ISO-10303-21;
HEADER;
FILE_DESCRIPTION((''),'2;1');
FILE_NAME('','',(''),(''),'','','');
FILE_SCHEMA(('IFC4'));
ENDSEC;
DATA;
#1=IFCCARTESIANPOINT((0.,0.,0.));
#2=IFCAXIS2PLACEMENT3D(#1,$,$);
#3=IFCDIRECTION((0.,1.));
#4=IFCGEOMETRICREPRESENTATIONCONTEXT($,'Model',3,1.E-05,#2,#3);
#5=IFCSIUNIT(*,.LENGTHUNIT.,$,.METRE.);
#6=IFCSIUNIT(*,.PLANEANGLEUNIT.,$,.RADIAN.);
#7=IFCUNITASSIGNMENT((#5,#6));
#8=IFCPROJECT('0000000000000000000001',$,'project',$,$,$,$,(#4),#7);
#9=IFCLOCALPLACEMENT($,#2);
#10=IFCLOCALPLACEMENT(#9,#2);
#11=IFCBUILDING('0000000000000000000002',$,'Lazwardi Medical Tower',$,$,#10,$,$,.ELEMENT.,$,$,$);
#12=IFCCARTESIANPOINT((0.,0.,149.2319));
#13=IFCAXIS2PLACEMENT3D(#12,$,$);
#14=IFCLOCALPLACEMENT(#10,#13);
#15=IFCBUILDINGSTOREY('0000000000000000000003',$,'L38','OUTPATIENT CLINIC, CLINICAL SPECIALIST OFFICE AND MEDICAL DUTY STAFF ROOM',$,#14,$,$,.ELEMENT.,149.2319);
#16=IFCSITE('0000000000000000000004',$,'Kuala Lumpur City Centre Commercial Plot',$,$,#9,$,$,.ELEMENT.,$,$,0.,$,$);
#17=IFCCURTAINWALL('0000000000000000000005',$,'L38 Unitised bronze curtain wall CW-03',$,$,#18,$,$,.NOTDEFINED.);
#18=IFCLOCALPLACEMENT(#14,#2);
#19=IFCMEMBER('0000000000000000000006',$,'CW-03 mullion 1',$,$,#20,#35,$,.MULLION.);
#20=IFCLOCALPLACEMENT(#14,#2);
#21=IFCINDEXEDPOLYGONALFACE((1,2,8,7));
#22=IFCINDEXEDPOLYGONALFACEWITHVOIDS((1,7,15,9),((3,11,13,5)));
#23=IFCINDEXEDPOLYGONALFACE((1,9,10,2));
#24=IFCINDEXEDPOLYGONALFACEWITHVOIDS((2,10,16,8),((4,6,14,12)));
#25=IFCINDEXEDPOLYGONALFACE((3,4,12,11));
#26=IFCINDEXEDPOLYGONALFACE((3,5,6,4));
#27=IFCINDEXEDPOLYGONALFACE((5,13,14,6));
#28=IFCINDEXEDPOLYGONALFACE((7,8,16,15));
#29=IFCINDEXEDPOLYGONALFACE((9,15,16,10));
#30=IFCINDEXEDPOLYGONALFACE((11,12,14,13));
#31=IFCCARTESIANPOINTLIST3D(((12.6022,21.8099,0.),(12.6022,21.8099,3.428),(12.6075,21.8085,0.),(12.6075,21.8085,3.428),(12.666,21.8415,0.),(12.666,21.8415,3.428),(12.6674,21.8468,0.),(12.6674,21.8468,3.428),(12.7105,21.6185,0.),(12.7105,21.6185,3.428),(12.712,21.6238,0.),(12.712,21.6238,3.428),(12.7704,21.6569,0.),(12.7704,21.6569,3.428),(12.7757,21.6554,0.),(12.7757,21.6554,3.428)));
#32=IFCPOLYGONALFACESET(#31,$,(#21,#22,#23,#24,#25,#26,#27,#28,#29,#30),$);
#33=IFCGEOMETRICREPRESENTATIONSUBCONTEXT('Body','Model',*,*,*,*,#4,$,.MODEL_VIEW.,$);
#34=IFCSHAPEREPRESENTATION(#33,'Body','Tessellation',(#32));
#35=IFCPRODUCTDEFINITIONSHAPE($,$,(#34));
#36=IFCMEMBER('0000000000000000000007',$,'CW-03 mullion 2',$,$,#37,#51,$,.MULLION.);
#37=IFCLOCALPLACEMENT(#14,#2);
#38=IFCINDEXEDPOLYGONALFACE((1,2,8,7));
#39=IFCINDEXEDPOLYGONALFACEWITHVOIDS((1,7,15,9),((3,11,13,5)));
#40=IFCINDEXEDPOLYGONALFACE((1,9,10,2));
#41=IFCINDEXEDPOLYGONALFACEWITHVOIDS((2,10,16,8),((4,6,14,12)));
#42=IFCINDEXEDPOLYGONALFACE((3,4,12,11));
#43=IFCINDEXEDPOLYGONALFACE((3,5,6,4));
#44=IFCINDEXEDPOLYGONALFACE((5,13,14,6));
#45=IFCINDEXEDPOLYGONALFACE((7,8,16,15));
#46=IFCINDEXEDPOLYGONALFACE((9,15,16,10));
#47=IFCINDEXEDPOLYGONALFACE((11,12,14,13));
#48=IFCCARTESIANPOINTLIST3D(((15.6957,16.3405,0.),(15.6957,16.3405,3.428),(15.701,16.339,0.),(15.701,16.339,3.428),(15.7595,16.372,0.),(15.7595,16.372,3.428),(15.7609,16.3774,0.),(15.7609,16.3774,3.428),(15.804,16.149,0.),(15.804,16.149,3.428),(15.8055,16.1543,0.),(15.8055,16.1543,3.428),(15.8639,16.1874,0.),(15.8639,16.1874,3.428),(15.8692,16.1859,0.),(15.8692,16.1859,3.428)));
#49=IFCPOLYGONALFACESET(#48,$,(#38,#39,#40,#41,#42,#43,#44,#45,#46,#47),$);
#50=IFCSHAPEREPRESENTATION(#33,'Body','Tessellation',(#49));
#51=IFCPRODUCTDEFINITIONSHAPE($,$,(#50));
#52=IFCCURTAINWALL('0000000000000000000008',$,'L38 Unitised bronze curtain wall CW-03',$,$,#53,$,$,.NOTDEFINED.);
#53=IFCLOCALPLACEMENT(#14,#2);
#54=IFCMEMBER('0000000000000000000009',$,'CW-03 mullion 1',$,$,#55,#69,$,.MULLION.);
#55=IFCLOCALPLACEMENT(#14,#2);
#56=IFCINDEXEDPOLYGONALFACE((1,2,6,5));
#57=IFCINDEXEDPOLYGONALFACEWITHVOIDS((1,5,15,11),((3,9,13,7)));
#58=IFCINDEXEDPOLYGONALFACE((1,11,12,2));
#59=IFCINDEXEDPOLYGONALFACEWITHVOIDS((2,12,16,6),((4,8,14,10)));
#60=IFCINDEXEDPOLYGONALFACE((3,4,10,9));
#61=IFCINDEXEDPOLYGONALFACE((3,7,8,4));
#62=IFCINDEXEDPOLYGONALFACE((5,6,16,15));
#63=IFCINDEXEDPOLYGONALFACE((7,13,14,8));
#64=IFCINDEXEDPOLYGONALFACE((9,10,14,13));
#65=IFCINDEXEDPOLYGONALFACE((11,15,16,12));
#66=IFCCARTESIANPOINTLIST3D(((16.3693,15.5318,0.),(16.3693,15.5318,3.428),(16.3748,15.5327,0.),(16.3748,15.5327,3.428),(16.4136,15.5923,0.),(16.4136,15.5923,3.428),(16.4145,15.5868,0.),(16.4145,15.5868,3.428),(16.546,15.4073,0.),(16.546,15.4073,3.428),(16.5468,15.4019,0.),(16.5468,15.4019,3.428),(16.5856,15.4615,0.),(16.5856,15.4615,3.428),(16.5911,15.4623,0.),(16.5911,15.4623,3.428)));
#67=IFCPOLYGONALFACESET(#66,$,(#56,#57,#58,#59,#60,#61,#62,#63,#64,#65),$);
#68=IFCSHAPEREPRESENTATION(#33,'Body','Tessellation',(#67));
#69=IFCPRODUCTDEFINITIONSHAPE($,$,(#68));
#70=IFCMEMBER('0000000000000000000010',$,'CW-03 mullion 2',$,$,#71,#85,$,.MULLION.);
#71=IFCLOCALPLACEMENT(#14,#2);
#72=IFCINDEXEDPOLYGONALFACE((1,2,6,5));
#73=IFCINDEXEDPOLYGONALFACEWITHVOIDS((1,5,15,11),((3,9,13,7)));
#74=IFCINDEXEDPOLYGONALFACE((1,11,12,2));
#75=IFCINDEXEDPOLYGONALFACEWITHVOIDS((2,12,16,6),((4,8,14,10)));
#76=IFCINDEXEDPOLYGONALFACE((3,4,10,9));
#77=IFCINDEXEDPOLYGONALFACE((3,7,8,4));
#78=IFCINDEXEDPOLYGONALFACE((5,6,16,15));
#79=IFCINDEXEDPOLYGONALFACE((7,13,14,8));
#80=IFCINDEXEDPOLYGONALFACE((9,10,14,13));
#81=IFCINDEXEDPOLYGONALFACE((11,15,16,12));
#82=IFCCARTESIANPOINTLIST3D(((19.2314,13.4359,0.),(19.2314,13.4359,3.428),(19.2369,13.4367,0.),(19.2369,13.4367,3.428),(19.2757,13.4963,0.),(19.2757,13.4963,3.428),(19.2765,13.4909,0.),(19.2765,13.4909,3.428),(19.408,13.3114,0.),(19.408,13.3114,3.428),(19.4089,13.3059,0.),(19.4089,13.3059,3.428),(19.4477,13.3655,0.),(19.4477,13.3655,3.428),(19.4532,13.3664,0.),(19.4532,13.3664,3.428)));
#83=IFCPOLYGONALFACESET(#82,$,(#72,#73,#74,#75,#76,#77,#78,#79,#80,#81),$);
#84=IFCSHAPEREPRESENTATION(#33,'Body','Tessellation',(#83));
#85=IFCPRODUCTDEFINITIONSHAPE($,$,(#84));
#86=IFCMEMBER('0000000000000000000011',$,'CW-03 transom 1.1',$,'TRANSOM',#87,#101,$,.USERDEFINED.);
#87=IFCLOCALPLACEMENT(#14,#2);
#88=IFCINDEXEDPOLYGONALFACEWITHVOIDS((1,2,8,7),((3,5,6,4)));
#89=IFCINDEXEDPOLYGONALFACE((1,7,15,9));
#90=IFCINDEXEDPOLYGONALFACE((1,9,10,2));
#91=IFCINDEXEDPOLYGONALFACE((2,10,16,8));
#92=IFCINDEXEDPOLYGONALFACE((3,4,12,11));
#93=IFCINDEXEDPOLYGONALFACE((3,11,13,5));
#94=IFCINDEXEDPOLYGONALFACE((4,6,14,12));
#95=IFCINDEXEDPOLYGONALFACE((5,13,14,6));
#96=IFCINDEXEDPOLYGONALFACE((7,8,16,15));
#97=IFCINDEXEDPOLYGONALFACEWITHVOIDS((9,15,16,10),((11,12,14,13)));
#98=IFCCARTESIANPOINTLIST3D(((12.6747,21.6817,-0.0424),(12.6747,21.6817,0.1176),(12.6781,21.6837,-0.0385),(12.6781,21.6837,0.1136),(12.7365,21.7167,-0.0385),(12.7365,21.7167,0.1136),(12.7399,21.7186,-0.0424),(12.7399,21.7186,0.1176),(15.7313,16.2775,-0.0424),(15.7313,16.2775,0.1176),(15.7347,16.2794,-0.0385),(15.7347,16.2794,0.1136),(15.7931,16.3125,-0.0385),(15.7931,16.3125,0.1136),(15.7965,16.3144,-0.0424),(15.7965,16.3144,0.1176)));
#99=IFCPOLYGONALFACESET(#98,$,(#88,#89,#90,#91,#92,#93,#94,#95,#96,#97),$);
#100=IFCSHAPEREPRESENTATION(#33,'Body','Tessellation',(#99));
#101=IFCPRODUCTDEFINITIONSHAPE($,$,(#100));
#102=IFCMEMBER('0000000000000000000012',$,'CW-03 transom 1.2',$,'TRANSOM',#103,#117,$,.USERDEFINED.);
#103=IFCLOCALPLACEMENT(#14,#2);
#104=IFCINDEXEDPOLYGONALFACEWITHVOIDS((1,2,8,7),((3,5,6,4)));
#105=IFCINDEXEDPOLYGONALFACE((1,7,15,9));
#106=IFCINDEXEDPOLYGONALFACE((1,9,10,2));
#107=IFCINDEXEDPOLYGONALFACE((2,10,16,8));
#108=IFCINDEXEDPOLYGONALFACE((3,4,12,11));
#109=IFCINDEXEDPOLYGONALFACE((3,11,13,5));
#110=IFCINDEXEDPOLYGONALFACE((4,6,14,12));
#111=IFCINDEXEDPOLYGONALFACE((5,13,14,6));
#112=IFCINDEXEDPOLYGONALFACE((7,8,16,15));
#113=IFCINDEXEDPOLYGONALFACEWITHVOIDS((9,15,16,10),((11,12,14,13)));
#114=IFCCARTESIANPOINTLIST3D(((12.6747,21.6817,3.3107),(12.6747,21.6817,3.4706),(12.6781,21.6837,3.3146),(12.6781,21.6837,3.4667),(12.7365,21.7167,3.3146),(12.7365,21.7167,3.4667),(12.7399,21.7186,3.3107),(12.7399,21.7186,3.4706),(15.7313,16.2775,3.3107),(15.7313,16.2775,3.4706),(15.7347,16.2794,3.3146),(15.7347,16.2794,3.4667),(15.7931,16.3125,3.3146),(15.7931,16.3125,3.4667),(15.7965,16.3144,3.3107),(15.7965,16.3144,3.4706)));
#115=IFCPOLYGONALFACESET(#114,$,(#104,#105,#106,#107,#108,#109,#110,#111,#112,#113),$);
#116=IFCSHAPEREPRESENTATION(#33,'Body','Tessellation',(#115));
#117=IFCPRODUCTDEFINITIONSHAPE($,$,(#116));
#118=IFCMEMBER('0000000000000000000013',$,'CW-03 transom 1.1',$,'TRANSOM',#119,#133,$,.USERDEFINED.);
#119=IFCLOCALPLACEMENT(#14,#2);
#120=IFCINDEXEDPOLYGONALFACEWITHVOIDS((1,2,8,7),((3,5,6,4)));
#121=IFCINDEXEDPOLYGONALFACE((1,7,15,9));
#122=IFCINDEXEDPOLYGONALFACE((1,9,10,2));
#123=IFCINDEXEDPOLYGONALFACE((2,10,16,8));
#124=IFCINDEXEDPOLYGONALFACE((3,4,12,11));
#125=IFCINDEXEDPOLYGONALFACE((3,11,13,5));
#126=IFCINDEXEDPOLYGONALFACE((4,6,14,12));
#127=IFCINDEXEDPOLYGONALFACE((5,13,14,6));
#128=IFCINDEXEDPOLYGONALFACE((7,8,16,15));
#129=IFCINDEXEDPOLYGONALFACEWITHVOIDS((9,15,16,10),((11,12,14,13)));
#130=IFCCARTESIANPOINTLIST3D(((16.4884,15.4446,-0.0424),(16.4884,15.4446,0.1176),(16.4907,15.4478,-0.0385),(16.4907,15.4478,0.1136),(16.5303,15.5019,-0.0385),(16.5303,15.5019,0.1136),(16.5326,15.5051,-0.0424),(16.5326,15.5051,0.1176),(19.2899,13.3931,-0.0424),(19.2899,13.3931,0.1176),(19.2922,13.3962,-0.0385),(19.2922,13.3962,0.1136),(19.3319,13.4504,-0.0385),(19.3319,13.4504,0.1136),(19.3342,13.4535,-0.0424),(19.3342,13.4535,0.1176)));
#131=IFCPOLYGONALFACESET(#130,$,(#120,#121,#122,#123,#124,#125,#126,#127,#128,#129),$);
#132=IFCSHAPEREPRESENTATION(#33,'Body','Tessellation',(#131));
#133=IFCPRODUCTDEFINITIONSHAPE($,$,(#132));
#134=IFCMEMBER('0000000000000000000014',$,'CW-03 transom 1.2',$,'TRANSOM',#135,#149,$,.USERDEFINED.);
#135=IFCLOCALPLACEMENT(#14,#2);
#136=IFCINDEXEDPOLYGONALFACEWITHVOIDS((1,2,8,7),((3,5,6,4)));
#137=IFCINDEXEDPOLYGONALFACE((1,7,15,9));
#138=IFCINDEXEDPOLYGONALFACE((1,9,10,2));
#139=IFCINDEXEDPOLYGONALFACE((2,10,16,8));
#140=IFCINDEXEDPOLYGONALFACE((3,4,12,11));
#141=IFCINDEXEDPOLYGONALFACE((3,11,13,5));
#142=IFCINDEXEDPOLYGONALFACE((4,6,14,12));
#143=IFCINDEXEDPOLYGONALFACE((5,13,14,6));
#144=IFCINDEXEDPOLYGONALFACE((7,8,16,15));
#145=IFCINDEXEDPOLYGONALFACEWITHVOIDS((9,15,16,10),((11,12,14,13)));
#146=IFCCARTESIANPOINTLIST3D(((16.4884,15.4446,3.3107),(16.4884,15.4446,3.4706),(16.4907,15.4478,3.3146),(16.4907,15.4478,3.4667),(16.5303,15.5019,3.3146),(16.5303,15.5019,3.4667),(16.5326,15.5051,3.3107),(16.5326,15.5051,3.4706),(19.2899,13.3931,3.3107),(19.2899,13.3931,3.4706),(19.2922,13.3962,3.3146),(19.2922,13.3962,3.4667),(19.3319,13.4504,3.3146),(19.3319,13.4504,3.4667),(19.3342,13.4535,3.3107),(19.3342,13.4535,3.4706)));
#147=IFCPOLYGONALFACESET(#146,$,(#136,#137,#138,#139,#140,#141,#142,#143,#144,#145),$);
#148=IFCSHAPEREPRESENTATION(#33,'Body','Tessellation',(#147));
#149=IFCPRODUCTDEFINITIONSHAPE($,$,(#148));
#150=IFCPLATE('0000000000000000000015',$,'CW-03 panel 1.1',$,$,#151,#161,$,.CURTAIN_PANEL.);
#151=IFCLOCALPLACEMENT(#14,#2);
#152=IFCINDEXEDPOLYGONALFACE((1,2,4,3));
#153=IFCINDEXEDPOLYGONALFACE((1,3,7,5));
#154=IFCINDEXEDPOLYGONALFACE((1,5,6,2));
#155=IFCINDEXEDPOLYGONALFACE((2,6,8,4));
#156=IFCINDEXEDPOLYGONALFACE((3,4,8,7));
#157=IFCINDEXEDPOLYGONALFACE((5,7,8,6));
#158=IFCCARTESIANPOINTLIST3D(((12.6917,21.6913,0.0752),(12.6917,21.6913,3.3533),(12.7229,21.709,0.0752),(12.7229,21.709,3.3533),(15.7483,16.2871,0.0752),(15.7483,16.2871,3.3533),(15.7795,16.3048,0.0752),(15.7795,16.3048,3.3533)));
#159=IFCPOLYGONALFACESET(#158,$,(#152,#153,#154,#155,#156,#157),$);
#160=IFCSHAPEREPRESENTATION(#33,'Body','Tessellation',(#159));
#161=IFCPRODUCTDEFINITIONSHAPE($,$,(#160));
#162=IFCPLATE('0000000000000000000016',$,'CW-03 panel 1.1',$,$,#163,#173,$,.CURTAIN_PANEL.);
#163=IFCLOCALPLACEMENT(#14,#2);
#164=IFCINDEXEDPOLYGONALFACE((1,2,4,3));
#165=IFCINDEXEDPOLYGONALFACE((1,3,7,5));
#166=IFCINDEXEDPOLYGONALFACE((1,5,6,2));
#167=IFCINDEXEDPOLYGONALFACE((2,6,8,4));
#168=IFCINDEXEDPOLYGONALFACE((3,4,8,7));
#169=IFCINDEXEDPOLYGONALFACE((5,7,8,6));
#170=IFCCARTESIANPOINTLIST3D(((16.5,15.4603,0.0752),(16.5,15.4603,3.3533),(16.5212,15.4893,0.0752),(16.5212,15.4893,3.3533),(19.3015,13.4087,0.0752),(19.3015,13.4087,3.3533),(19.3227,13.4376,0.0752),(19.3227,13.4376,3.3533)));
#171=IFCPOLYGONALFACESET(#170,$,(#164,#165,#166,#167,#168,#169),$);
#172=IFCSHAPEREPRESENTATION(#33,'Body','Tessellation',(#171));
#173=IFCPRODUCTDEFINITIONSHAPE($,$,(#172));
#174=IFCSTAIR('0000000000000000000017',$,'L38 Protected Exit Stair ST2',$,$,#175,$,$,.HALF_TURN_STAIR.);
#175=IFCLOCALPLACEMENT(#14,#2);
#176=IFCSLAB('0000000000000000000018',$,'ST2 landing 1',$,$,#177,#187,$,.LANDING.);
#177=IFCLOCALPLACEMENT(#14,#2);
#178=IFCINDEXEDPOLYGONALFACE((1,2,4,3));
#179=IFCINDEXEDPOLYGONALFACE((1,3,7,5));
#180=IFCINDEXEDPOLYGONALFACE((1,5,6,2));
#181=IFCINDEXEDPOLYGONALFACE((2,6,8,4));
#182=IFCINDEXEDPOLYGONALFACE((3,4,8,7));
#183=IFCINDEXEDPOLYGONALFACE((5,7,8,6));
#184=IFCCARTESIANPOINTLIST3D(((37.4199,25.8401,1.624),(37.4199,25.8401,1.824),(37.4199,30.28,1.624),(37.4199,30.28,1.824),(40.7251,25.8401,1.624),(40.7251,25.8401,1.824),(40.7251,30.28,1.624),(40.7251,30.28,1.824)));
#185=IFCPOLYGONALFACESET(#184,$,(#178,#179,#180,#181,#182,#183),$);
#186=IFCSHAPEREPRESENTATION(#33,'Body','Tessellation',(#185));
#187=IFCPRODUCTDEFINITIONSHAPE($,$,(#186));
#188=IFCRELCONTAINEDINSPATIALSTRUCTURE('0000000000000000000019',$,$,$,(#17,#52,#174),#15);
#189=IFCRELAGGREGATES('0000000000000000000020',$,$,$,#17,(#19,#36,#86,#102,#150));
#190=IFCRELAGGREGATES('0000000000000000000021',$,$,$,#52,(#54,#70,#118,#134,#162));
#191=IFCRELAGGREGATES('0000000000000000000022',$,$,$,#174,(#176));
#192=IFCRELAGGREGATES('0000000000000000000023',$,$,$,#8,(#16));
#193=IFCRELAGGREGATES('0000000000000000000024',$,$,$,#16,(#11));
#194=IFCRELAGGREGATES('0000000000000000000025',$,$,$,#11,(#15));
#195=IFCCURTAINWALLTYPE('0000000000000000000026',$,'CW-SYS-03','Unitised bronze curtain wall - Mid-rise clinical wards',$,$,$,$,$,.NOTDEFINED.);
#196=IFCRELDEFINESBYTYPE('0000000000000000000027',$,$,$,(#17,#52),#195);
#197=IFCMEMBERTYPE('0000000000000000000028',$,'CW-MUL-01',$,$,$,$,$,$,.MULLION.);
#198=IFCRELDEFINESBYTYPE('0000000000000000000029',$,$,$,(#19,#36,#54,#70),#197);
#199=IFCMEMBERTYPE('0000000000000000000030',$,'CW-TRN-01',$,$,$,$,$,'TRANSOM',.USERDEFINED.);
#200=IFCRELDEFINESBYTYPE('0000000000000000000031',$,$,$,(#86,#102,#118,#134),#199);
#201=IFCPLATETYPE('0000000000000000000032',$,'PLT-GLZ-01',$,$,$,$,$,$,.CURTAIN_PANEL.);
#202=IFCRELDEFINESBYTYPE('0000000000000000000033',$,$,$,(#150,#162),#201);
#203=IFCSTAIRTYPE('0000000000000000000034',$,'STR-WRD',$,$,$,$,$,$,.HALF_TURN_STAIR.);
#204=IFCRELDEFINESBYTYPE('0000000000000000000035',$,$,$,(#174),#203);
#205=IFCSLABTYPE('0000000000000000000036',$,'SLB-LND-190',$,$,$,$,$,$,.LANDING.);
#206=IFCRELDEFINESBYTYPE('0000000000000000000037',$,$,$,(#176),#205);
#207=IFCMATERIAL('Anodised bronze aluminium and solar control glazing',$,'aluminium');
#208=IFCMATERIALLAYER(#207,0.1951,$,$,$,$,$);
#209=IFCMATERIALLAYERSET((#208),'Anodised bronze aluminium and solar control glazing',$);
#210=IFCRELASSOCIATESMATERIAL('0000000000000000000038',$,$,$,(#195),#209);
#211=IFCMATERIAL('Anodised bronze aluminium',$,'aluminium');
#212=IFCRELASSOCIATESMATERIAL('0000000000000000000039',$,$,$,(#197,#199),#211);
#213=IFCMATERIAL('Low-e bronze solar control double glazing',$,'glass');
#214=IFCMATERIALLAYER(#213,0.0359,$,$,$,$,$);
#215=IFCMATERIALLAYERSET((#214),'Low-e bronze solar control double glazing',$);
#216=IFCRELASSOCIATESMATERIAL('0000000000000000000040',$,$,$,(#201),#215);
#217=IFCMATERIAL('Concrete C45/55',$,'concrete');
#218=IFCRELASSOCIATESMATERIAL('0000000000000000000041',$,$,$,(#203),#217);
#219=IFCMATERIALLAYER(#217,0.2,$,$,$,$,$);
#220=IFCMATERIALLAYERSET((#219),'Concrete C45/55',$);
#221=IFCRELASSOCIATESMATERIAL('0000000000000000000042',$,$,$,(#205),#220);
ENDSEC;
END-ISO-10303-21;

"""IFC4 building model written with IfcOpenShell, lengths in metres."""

from ifc_helpers import new_model, si_unit, direction, frame, origin, origin_2d, place, context, subcontext, project, spatial, polyline, rectangle, hollow_rectangle, outline, extrude, material, layer, layer_set, material_profile, profile_set, type_object, element, aggregate, save


model = new_model("IFC4")

# Units and contexts
model_context = context("Model", 3, precision=1e-05, world=origin(), true_north=direction((0.0, 1.0)))
body_context = subcontext(model_context, "Body", "Model", "MODEL_VIEW")
ifc_project = project(units=[si_unit("LENGTHUNIT", "METRE"), si_unit("PLANEANGLEUNIT", "RADIAN")], contexts=[model_context])

# Site, building, storey
site_placement = place(None, origin())
site = spatial("IfcSite", under=ifc_project, at=site_placement, Name="Kuala Lumpur City Centre Commercial Plot", CompositionType="ELEMENT", RefElevation=0.0)
building_placement = place(site_placement, origin())
building = spatial("IfcBuilding", under=site, at=building_placement, Name="Lazwardi Medical Tower", CompositionType="ELEMENT")
storey_placement = place(building_placement, frame((0.0, 0.0, 149.2319)))
storey = spatial("IfcBuildingStorey", under=building, at=storey_placement, Name="L38", Description="OUTPATIENT CLINIC, CLINICAL SPECIALIST OFFICE AND MEDICAL DUTY STAFF ROOM", CompositionType="ELEMENT", Elevation=149.2319)

# Curtain walls, members
ifc_material_1 = material(Name="Anodised bronze aluminium and solar control glazing", Category="aluminium")
ifc_layer_1 = layer(ifc_material_1, 0.1951)
ifc_layer_set_1 = layer_set([ifc_layer_1], Name="Anodised bronze aluminium and solar control glazing")
curtain_wall_type = type_object("IfcCurtainWallType", Name="CW-SYS-03", Description="Unitised bronze curtain wall - Mid-rise clinical wards", PredefinedType="NOTDEFINED", material=ifc_layer_set_1)
curtain_wall_1_placement = place(storey_placement, origin())
curtain_wall_1 = element("IfcCurtainWall", 1, at=curtain_wall_1_placement, inside=storey, type_object=curtain_wall_type, Name="L38 Unitised bronze curtain wall CW-03", PredefinedType="NOTDEFINED")
ifc_material_2 = material(Name="Anodised bronze aluminium", Category="aluminium")
ifc_material_profile_1 = material_profile(ifc_material_2, hollow_rectangle(XDim=0.075, YDim=0.22, WallThickness=0.0039, at=origin_2d()), Name="ALU-MULLION 220x75x4")
ifc_profile_set_1 = profile_set([ifc_material_profile_1], Name="Anodised bronze aluminium")
member_type_1 = type_object("IfcMemberType", Name="CW-MUL-01", PredefinedType="MULLION", material=ifc_profile_set_1)
member_1_placement = place(storey_placement, frame((12.689, 21.7327, 0.0), z_axis=(0.0, 0.0, 1.0), x_axis=(0.870419, 0.492312, 0.0)))
member_1 = element("IfcMember", 2, at=member_1_placement, type_object=member_type_1, Name="CW-03 mullion 1", PredefinedType="MULLION", context=body_context, shape_type="SweptSolid", body=[
    extrude(hollow_rectangle(XDim=0.075, YDim=0.22, WallThickness=0.0039, at=origin_2d()), origin(), (0.0, 0.0, 1.0), 3.428),
])
member_2_placement = place(storey_placement, frame((15.7825, 16.2632, 0.0), z_axis=(0.0, 0.0, 1.0), x_axis=(0.870419, 0.492312, 0.0)))
member_2 = element("IfcMember", 3, at=member_2_placement, type_object=member_type_1, Name="CW-03 mullion 2", PredefinedType="MULLION", context=body_context, shape_type="SweptSolid", body=[
    extrude(hollow_rectangle(XDim=0.075, YDim=0.22, WallThickness=0.0039, at=origin_2d()), origin(), (0.0, 0.0, 1.0), 3.428),
])
curtain_wall_2_placement = place(storey_placement, origin())
curtain_wall_2 = element("IfcCurtainWall", 4, at=curtain_wall_2_placement, inside=storey, type_object=curtain_wall_type, Name="L38 Unitised bronze curtain wall CW-03", PredefinedType="NOTDEFINED")
member_3_placement = place(storey_placement, frame((16.4802, 15.4971, 0.0), z_axis=(0.0, 0.0, 1.0), x_axis=(0.590834, 0.806793, 0.0)))
member_3 = element("IfcMember", 5, at=member_3_placement, type_object=member_type_1, Name="CW-03 mullion 1", PredefinedType="MULLION", context=body_context, shape_type="SweptSolid", body=[
    extrude(hollow_rectangle(XDim=0.075, YDim=0.22, WallThickness=0.0039, at=origin_2d()), origin(), (0.0, 0.0, 1.0), 3.428),
])
member_4_placement = place(storey_placement, frame((19.3423, 13.4011, 0.0), z_axis=(0.0, 0.0, 1.0), x_axis=(0.590834, 0.806793, 0.0)))
member_4 = element("IfcMember", 6, at=member_4_placement, type_object=member_type_1, Name="CW-03 mullion 2", PredefinedType="MULLION", context=body_context, shape_type="SweptSolid", body=[
    extrude(hollow_rectangle(XDim=0.075, YDim=0.22, WallThickness=0.0039, at=origin_2d()), origin(), (0.0, 0.0, 1.0), 3.428),
])

# Members
ifc_material_profile_2 = material_profile(ifc_material_2, hollow_rectangle(XDim=0.075, YDim=0.1599, WallThickness=0.0039, at=origin_2d()), Name="ALU-TRANSOM 160x75x4")
ifc_profile_set_2 = profile_set([ifc_material_profile_2], Name="Anodised bronze aluminium")
member_type_2 = type_object("IfcMemberType", Name="CW-TRN-01", ElementType="TRANSOM", PredefinedType="USERDEFINED", material=ifc_profile_set_2)
member_5_placement = place(storey_placement, frame((12.7073, 21.7002, 0.0376), z_axis=(0.492306, -0.870422, 0.0), x_axis=(0.870422, 0.492306, 0.0)))
member_5 = element("IfcMember", 7, at=member_5_placement, type_object=member_type_2, Name="CW-03 transom 1.1", ObjectType="TRANSOM", PredefinedType="USERDEFINED", context=body_context, shape_type="SweptSolid", body=[
    extrude(hollow_rectangle(XDim=0.075, YDim=0.1599, WallThickness=0.0039, at=origin_2d()), origin(), (0.0, 0.0, 1.0), 6.2087),
])
member_6_placement = place(storey_placement, frame((12.7073, 21.7002, 3.3906), z_axis=(0.492306, -0.870422, 0.0), x_axis=(0.870422, 0.492306, 0.0)))
member_6 = element("IfcMember", 8, at=member_6_placement, type_object=member_type_2, Name="CW-03 transom 1.2", ObjectType="TRANSOM", PredefinedType="USERDEFINED", context=body_context, shape_type="SweptSolid", body=[
    extrude(hollow_rectangle(XDim=0.075, YDim=0.1599, WallThickness=0.0039, at=origin_2d()), origin(), (0.0, 0.0, 1.0), 6.2087),
])
member_7_placement = place(storey_placement, frame((16.5105, 15.4749, 0.0376), z_axis=(0.806807, -0.590815, 0.0), x_axis=(0.590815, 0.806807, 0.0)))
member_7 = element("IfcMember", 9, at=member_7_placement, type_object=member_type_2, Name="CW-03 transom 1.1", ObjectType="TRANSOM", PredefinedType="USERDEFINED", context=body_context, shape_type="SweptSolid", body=[
    extrude(hollow_rectangle(XDim=0.075, YDim=0.1599, WallThickness=0.0039, at=origin_2d()), origin(), (0.0, 0.0, 1.0), 3.4724),
])
member_8_placement = place(storey_placement, frame((16.5105, 15.4749, 3.3906), z_axis=(0.806807, -0.590815, 0.0), x_axis=(0.590815, 0.806807, 0.0)))
member_8 = element("IfcMember", 10, at=member_8_placement, type_object=member_type_2, Name="CW-03 transom 1.2", ObjectType="TRANSOM", PredefinedType="USERDEFINED", context=body_context, shape_type="SweptSolid", body=[
    extrude(hollow_rectangle(XDim=0.075, YDim=0.1599, WallThickness=0.0039, at=origin_2d()), origin(), (0.0, 0.0, 1.0), 3.4724),
])

# Plates
ifc_material_3 = material(Name="Low-e bronze solar control double glazing", Category="glass")
ifc_layer_2 = layer(ifc_material_3, 0.0359)
ifc_layer_set_2 = layer_set([ifc_layer_2], Name="Low-e bronze solar control double glazing")
plate_type = type_object("IfcPlateType", Name="PLT-GLZ-01", PredefinedType="CURTAIN_PANEL", material=ifc_layer_set_2)
plate_1_placement = place(storey_placement, frame((14.2356, 18.998, 0.0752), z_axis=(0.0, 0.0, 1.0), x_axis=(0.492312, -0.870419, 0.0)))
plate_1 = element("IfcPlate", 11, at=plate_1_placement, type_object=plate_type, Name="CW-03 panel 1.1", PredefinedType="CURTAIN_PANEL", context=body_context, shape_type="SweptSolid", body=[
    extrude(rectangle(XDim=6.2087, YDim=0.0359, at=origin_2d()), origin(), (0.0, 0.0, 1.0), 3.2781),
])
aggregate(curtain_wall_1, [member_1, member_2, member_5, member_6, plate_1])
plate_2_placement = place(storey_placement, frame((17.9114, 14.449, 0.0752), z_axis=(0.0, 0.0, 1.0), x_axis=(0.806793, -0.590834, 0.0)))
plate_2 = element("IfcPlate", 12, at=plate_2_placement, type_object=plate_type, Name="CW-03 panel 1.1", PredefinedType="CURTAIN_PANEL", context=body_context, shape_type="SweptSolid", body=[
    extrude(rectangle(XDim=3.4724, YDim=0.0359, at=origin_2d()), origin(), (0.0, 0.0, 1.0), 3.2781),
])
aggregate(curtain_wall_2, [member_3, member_4, member_7, member_8, plate_2])

# Stair, slab
ifc_material_4 = material(Name="Concrete C45/55", Category="concrete")
stair_type = type_object("IfcStairType", Name="STR-WRD", PredefinedType="HALF_TURN_STAIR", material=ifc_material_4)
stair_1_placement = place(storey_placement, origin())
stair_1 = element("IfcStair", 13, at=stair_1_placement, inside=storey, type_object=stair_type, Name="L38 Protected Exit Stair ST2", PredefinedType="HALF_TURN_STAIR")
ifc_layer_3 = layer(ifc_material_4, 0.2)
ifc_layer_set_3 = layer_set([ifc_layer_3], Name="Concrete C45/55")
slab_type = type_object("IfcSlabType", Name="SLB-LND-190", PredefinedType="LANDING", material=ifc_layer_set_3)
slab_1_placement = place(storey_placement, frame((0.0, 0.0, 1.624)))
slab_1 = element("IfcSlab", 14, at=slab_1_placement, type_object=slab_type, Name="ST2 landing 1", PredefinedType="LANDING", context=body_context, shape_type="SweptSolid", body=[
    extrude(outline(polyline([(40.7251, 30.28), (37.4199, 30.28), (37.4199, 25.8401), (40.7251, 25.8401), (40.7251, 30.28)])), origin(), (0.0, 0.0, 1.0), 0.2),
])
aggregate(stair_1, [slab_1])

save(model, "model.ifc")
